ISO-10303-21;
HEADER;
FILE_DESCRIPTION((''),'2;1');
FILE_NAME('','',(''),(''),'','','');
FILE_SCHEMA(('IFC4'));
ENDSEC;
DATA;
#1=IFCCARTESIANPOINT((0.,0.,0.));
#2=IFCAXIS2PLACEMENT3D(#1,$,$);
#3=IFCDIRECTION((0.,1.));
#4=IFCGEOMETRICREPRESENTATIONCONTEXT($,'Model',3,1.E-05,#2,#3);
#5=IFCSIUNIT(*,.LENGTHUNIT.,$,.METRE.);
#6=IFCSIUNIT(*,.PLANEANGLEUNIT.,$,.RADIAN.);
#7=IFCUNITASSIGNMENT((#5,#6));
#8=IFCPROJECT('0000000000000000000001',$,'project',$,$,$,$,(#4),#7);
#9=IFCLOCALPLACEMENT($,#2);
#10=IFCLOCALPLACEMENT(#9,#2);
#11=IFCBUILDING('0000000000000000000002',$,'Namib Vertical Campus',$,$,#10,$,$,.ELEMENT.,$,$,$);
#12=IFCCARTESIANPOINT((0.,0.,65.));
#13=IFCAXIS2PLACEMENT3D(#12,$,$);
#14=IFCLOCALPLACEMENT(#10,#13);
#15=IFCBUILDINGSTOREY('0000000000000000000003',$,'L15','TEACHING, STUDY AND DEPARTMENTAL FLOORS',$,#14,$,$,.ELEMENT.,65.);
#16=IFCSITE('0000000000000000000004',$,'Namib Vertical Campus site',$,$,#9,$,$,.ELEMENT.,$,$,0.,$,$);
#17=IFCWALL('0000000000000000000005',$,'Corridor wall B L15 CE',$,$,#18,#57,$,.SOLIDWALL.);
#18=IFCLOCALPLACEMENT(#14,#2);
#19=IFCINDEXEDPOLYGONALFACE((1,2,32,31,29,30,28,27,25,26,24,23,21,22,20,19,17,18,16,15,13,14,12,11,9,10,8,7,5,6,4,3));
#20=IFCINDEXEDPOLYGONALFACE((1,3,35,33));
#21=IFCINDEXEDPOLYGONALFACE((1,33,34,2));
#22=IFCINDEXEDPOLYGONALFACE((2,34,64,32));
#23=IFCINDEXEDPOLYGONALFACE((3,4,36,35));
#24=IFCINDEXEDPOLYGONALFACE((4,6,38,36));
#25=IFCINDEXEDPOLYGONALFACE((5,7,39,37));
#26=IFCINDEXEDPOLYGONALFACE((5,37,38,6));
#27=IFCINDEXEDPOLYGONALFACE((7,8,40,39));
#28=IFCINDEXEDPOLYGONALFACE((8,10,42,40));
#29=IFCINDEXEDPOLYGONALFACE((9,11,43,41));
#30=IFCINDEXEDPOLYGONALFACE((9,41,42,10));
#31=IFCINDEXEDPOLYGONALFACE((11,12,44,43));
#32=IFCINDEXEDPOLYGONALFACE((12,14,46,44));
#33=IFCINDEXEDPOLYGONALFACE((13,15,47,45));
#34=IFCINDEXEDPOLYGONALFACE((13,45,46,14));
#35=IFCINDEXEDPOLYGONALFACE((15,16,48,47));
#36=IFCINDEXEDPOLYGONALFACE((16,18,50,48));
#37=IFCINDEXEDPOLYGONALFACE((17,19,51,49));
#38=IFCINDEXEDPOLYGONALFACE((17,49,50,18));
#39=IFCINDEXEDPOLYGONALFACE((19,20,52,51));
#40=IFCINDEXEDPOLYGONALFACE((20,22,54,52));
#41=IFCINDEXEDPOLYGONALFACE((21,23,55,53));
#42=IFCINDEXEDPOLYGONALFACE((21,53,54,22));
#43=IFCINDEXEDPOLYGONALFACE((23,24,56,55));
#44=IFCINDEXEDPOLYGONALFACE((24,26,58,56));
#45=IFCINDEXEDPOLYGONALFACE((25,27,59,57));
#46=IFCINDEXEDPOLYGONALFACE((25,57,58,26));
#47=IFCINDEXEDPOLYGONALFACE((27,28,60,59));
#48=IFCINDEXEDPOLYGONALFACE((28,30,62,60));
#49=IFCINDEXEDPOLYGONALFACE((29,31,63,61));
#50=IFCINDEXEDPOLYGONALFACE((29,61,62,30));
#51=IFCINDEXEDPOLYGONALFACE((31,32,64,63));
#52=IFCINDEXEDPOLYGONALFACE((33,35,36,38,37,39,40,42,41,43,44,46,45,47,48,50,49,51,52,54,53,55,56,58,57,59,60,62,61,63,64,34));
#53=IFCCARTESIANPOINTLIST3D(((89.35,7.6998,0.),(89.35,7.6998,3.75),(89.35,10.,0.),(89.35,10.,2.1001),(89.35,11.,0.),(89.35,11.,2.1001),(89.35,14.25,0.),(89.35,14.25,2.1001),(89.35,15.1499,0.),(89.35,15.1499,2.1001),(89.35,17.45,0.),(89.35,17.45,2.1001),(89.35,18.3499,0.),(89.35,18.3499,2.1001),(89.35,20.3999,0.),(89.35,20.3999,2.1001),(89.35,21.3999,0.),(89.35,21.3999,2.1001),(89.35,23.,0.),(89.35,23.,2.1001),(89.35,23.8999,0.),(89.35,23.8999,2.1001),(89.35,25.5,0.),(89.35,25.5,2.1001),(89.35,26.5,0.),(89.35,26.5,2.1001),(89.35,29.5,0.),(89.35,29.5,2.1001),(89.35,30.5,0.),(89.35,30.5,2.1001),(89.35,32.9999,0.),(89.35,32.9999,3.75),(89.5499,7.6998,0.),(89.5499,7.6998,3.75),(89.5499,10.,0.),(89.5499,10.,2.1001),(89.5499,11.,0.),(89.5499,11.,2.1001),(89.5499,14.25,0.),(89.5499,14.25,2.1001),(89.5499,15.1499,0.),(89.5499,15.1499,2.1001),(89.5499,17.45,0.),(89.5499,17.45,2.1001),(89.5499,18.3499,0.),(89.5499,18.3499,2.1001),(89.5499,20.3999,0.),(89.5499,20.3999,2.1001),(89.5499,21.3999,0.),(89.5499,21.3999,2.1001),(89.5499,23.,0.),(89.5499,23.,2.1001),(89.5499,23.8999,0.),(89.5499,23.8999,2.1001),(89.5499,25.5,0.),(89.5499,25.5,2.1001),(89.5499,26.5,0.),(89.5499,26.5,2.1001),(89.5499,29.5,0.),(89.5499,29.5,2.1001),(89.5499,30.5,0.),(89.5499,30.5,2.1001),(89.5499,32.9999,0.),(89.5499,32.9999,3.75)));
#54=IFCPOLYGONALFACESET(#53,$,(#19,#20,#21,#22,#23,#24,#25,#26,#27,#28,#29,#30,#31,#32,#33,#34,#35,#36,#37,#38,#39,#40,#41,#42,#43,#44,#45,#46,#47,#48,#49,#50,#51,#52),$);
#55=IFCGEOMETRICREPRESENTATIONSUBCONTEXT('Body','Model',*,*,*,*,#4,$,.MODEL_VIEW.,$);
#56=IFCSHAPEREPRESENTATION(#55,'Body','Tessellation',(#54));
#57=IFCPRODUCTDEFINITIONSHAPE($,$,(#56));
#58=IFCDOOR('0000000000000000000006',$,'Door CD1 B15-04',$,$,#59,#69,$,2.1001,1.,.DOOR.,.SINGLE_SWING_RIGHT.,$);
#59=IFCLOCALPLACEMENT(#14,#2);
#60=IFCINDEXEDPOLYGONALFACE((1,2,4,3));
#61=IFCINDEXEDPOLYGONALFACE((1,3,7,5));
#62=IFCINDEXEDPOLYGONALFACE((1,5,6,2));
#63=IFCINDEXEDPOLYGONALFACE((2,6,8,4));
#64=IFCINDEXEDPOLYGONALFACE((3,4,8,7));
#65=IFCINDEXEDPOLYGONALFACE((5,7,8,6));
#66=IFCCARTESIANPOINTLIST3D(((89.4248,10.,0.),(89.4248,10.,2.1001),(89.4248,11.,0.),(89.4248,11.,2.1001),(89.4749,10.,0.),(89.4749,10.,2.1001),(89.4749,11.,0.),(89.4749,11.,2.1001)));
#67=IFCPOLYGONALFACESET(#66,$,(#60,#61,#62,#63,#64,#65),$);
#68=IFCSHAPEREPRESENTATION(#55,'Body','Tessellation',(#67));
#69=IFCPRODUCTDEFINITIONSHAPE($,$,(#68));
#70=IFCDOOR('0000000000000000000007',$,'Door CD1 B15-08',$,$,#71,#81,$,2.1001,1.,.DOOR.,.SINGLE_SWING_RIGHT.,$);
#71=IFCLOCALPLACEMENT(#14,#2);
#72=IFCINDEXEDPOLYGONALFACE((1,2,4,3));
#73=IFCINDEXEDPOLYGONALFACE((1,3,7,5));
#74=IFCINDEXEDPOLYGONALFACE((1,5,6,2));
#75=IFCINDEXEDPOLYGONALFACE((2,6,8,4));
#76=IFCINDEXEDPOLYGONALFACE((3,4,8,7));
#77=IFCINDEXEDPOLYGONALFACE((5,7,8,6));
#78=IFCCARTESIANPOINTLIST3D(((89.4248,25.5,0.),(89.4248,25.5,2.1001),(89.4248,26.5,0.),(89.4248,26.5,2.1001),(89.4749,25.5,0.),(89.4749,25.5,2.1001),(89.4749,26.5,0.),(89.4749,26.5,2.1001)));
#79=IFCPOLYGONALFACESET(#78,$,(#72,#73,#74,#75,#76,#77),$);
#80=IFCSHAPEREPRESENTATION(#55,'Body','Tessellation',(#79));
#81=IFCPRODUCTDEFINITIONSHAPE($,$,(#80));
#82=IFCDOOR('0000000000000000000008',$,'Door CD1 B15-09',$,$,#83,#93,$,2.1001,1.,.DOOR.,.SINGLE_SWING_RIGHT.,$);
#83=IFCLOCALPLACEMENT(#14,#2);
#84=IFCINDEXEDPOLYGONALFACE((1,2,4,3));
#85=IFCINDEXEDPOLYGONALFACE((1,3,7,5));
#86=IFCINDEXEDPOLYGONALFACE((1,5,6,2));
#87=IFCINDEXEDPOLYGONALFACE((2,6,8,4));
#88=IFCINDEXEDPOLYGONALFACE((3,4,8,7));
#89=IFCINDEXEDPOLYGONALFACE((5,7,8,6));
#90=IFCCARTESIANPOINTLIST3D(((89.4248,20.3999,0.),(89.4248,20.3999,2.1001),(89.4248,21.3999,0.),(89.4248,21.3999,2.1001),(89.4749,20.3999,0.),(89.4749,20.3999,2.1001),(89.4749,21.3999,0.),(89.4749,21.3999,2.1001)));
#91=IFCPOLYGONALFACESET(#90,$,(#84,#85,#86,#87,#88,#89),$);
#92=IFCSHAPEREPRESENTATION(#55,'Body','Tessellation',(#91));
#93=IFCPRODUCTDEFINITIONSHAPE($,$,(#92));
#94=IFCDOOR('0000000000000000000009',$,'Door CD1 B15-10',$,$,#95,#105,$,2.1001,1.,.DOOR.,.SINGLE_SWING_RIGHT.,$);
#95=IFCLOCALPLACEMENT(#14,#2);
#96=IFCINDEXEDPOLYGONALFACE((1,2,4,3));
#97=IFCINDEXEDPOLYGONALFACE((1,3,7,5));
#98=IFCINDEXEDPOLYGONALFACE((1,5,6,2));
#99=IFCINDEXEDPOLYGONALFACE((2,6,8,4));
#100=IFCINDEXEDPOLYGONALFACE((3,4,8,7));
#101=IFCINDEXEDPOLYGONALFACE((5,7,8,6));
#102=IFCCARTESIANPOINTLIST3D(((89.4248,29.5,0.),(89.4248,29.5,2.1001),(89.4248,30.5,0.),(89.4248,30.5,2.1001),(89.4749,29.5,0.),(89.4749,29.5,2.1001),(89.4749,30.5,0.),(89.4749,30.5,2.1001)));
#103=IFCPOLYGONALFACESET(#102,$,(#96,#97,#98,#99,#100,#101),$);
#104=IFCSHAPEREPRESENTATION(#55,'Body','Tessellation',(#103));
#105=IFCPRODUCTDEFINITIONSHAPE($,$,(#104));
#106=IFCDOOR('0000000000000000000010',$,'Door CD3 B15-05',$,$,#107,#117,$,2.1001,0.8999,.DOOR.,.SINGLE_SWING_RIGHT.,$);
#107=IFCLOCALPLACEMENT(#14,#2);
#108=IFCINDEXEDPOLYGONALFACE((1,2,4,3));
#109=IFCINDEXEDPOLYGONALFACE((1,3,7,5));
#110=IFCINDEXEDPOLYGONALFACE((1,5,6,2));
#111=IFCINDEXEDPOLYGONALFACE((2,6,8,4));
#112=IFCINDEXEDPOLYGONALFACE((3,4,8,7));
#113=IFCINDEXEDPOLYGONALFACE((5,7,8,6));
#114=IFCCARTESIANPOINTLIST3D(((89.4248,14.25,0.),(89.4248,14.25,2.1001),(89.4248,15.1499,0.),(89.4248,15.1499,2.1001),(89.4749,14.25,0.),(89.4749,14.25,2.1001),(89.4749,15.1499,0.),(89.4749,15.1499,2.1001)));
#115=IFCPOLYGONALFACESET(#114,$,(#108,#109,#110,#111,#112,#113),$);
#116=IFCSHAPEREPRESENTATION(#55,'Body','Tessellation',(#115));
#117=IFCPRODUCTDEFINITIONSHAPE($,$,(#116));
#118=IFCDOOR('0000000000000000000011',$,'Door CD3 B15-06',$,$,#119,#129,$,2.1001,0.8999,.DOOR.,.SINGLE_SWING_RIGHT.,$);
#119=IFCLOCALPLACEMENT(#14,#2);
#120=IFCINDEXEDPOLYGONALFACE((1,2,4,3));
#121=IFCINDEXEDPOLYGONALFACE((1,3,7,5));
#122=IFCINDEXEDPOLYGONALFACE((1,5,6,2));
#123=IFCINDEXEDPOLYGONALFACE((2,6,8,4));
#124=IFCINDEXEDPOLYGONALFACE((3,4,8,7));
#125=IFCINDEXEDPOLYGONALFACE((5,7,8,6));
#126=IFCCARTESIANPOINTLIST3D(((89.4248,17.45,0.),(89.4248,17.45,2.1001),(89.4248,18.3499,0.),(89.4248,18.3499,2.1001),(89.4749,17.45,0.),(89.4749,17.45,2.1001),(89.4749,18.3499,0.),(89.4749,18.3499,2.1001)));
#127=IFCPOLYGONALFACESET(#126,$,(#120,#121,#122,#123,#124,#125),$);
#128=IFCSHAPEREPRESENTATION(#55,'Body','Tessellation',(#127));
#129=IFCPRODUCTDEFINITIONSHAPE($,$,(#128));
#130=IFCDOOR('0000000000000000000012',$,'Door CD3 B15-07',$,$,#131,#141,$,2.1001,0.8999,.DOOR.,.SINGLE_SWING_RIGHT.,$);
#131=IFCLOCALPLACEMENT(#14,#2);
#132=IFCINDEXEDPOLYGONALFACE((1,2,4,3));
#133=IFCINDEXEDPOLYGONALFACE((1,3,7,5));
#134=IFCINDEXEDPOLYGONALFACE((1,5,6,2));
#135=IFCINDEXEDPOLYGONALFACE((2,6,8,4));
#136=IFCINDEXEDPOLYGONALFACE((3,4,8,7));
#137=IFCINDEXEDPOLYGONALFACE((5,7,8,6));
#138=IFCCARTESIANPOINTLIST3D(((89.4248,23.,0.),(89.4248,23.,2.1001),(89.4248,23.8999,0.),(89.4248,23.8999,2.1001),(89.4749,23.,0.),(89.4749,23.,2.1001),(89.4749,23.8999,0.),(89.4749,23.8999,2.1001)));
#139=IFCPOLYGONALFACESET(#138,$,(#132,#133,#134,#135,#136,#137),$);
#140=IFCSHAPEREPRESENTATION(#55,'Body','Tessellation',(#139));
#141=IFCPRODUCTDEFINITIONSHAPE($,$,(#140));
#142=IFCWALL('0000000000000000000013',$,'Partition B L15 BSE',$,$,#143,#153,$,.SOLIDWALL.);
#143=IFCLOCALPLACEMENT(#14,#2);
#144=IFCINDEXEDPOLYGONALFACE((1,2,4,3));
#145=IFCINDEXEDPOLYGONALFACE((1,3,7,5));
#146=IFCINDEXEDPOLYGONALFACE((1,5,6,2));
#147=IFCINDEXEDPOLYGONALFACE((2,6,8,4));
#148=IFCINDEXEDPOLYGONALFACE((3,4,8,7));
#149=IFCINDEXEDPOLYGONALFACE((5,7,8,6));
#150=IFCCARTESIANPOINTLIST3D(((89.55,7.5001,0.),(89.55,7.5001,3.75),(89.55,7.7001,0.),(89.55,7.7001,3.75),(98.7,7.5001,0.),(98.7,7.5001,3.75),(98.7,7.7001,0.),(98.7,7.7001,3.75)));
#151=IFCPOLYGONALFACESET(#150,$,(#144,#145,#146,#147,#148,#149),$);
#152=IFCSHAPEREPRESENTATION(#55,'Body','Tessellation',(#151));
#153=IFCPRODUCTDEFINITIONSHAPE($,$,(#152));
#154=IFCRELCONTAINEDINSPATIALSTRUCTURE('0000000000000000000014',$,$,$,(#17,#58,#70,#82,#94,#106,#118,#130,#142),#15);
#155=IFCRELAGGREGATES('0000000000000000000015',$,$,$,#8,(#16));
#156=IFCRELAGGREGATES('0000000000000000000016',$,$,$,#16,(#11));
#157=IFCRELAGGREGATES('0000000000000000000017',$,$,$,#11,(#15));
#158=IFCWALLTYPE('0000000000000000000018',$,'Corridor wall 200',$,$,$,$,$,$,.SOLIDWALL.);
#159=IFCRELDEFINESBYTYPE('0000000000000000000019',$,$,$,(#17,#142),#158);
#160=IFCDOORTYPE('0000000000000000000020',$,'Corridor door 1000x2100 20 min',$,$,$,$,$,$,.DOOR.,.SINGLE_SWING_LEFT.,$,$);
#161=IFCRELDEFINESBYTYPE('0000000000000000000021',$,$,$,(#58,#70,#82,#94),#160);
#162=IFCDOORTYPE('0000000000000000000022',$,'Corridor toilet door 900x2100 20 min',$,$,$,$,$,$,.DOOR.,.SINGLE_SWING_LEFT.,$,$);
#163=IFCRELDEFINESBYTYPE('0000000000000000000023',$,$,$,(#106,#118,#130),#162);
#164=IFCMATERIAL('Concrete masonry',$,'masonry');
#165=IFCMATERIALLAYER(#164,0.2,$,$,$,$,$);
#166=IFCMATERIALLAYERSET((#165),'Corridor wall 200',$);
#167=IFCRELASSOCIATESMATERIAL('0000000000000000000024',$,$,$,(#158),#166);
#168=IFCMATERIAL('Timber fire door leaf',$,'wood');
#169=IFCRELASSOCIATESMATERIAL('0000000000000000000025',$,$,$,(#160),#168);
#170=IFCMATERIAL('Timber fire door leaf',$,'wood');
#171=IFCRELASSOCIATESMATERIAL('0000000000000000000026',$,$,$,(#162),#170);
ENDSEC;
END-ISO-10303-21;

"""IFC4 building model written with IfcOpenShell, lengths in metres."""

from ifc_helpers import new_model, si_unit, direction, frame, frame_2d, origin, place, context, subcontext, project, spatial, rectangle, extrude, material, layer, layer_set, type_object, element, fill, save


model = new_model("IFC4")

# Units and contexts
model_context = context("Model", 3, precision=1e-05, world=origin(), true_north=direction((0.0, 1.0)))
body_context = subcontext(model_context, "Body", "Model", "MODEL_VIEW")
ifc_project = project(units=[si_unit("LENGTHUNIT", "METRE"), si_unit("PLANEANGLEUNIT", "RADIAN")], contexts=[model_context])

# Site, building, storey
site_placement = place(None, origin())
site = spatial("IfcSite", under=ifc_project, at=site_placement, Name="Namib Vertical Campus site", CompositionType="ELEMENT", RefElevation=0.0)
building_placement = place(site_placement, origin())
building = spatial("IfcBuilding", under=site, at=building_placement, Name="Namib Vertical Campus", CompositionType="ELEMENT")
storey_placement = place(building_placement, frame((0.0, 0.0, 65.0)))
storey = spatial("IfcBuildingStorey", under=building, at=storey_placement, Name="L15", Description="TEACHING, STUDY AND DEPARTMENTAL FLOORS", CompositionType="ELEMENT", Elevation=65.0)

# Wall, openings, doors
ifc_material_1 = material(Name="Concrete masonry", Category="masonry")
ifc_layer_1 = layer(ifc_material_1, 0.2)
ifc_layer_set_1 = layer_set([ifc_layer_1], Name="Corridor wall 200")
wall_type_1 = type_object("IfcWallType", Name="Corridor wall 200", PredefinedType="SOLIDWALL", material=ifc_layer_set_1)
wall_1_placement = place(storey_placement, frame((89.45, 7.7, 0.0), z_axis=(0.0, 0.0, 1.0), x_axis=(0.0, 1.0, 0.0)))
wall_1 = element("IfcWall", 1, at=wall_1_placement, inside=storey, type_object=wall_type_1, Name="Corridor wall B L15 CE", PredefinedType="SOLIDWALL", context=body_context, shape_type="SweptSolid", body=[
    extrude(rectangle(XDim=25.3, YDim=0.2, at=frame_2d((12.6499, 0.0))), origin(), (0.0, 0.0, 1.0), 3.75),
])
opening_1_placement = place(wall_1_placement, frame((2.3, 0.0, 0.0)))
opening_1 = element("IfcOpeningElement", 2, at=opening_1_placement, cuts=wall_1, PredefinedType="OPENING", context=body_context, shape_type="SweptSolid", body=[
    extrude(rectangle(XDim=1.0, YDim=2.1001, at=frame_2d((0.5, 1.05))), frame((0.0, 0.1099, 0.0), z_axis=(0.0, -1.0, 0.0), x_axis=(1.0, 0.0, 0.0)), (0.0, 0.0, 1.0), 0.22),
])
opening_2_placement = place(wall_1_placement, frame((6.55, 0.0, 0.0)))
opening_2 = element("IfcOpeningElement", 3, at=opening_2_placement, cuts=wall_1, PredefinedType="OPENING", context=body_context, shape_type="SweptSolid", body=[
    extrude(rectangle(XDim=0.8999, YDim=2.1001, at=frame_2d((0.45, 1.05))), frame((0.0, 0.1099, 0.0), z_axis=(0.0, -1.0, 0.0), x_axis=(1.0, 0.0, 0.0)), (0.0, 0.0, 1.0), 0.22),
])
opening_3_placement = place(wall_1_placement, frame((9.75, 0.0, 0.0)))
opening_3 = element("IfcOpeningElement", 4, at=opening_3_placement, cuts=wall_1, PredefinedType="OPENING", context=body_context, shape_type="SweptSolid", body=[
    extrude(rectangle(XDim=0.8999, YDim=2.1001, at=frame_2d((0.45, 1.05))), frame((0.0, 0.1099, 0.0), z_axis=(0.0, -1.0, 0.0), x_axis=(1.0, 0.0, 0.0)), (0.0, 0.0, 1.0), 0.22),
])
opening_4_placement = place(wall_1_placement, frame((15.3, 0.0, 0.0)))
opening_4 = element("IfcOpeningElement", 5, at=opening_4_placement, cuts=wall_1, PredefinedType="OPENING", context=body_context, shape_type="SweptSolid", body=[
    extrude(rectangle(XDim=0.8999, YDim=2.1001, at=frame_2d((0.45, 1.05))), frame((0.0, 0.1099, 0.0), z_axis=(0.0, -1.0, 0.0), x_axis=(1.0, 0.0, 0.0)), (0.0, 0.0, 1.0), 0.22),
])
opening_5_placement = place(wall_1_placement, frame((17.8, 0.0, 0.0)))
opening_5 = element("IfcOpeningElement", 6, at=opening_5_placement, cuts=wall_1, PredefinedType="OPENING", context=body_context, shape_type="SweptSolid", body=[
    extrude(rectangle(XDim=1.0, YDim=2.1001, at=frame_2d((0.5, 1.05))), frame((0.0, 0.1099, 0.0), z_axis=(0.0, -1.0, 0.0), x_axis=(1.0, 0.0, 0.0)), (0.0, 0.0, 1.0), 0.22),
])
opening_6_placement = place(wall_1_placement, frame((12.7, 0.0, 0.0)))
opening_6 = element("IfcOpeningElement", 7, at=opening_6_placement, cuts=wall_1, PredefinedType="OPENING", context=body_context, shape_type="SweptSolid", body=[
    extrude(rectangle(XDim=1.0, YDim=2.1001, at=frame_2d((0.5, 1.05))), frame((0.0, 0.1099, 0.0), z_axis=(0.0, -1.0, 0.0), x_axis=(1.0, 0.0, 0.0)), (0.0, 0.0, 1.0), 0.22),
])
opening_7_placement = place(wall_1_placement, frame((21.8, 0.0, 0.0)))
opening_7 = element("IfcOpeningElement", 8, at=opening_7_placement, cuts=wall_1, PredefinedType="OPENING", context=body_context, shape_type="SweptSolid", body=[
    extrude(rectangle(XDim=1.0, YDim=2.1001, at=frame_2d((0.5, 1.05))), frame((0.0, 0.1099, 0.0), z_axis=(0.0, -1.0, 0.0), x_axis=(1.0, 0.0, 0.0)), (0.0, 0.0, 1.0), 0.22),
])
ifc_material_2 = material(Name="Timber fire door leaf", Category="wood")
door_type_1 = type_object("IfcDoorType", Name="Corridor door 1000x2100 20 min", OperationType="SINGLE_SWING_LEFT", PredefinedType="DOOR", material=ifc_material_2)
door_1_placement = place(opening_1_placement, frame((1.0, 0.0, 0.0), z_axis=(0.0, 0.0, 1.0), x_axis=(-1.0, 0.0, 0.0)))
door_1 = element("IfcDoor", 9, at=door_1_placement, inside=storey, type_object=door_type_1, Name="Door CD1 B15-04", OperationType="SINGLE_SWING_RIGHT", OverallHeight=2.1001, OverallWidth=1.0, PredefinedType="DOOR", context=body_context, shape_type="SweptSolid", body=[
    extrude(rectangle(XDim=1.0, YDim=2.1001, at=frame_2d((0.5, 1.05))), frame((0.0, 0.0249, 0.0), z_axis=(0.0, -1.0, 0.0), x_axis=(1.0, 0.0, 0.0)), (0.0, 0.0, 1.0), 0.05),
])
fill(opening_1, door_1)
door_2_placement = place(opening_5_placement, frame((1.0, 0.0, 0.0), z_axis=(0.0, 0.0, 1.0), x_axis=(-1.0, 0.0, 0.0)))
door_2 = element("IfcDoor", 10, at=door_2_placement, inside=storey, type_object=door_type_1, Name="Door CD1 B15-08", OperationType="SINGLE_SWING_RIGHT", OverallHeight=2.1001, OverallWidth=1.0, PredefinedType="DOOR", context=body_context, shape_type="SweptSolid", body=[
    extrude(rectangle(XDim=1.0, YDim=2.1001, at=frame_2d((0.5, 1.05))), frame((0.0, 0.0249, 0.0), z_axis=(0.0, -1.0, 0.0), x_axis=(1.0, 0.0, 0.0)), (0.0, 0.0, 1.0), 0.05),
])
fill(opening_5, door_2)
door_3_placement = place(opening_6_placement, frame((1.0, 0.0, 0.0), z_axis=(0.0, 0.0, 1.0), x_axis=(-1.0, 0.0, 0.0)))
door_3 = element("IfcDoor", 11, at=door_3_placement, inside=storey, type_object=door_type_1, Name="Door CD1 B15-09", OperationType="SINGLE_SWING_RIGHT", OverallHeight=2.1001, OverallWidth=1.0, PredefinedType="DOOR", context=body_context, shape_type="SweptSolid", body=[
    extrude(rectangle(XDim=1.0, YDim=2.1001, at=frame_2d((0.5, 1.05))), frame((0.0, 0.0249, 0.0), z_axis=(0.0, -1.0, 0.0), x_axis=(1.0, 0.0, 0.0)), (0.0, 0.0, 1.0), 0.05),
])
fill(opening_6, door_3)
door_4_placement = place(opening_7_placement, frame((1.0, 0.0, 0.0), z_axis=(0.0, 0.0, 1.0), x_axis=(-1.0, 0.0, 0.0)))
door_4 = element("IfcDoor", 12, at=door_4_placement, inside=storey, type_object=door_type_1, Name="Door CD1 B15-10", OperationType="SINGLE_SWING_RIGHT", OverallHeight=2.1001, OverallWidth=1.0, PredefinedType="DOOR", context=body_context, shape_type="SweptSolid", body=[
    extrude(rectangle(XDim=1.0, YDim=2.1001, at=frame_2d((0.5, 1.05))), frame((0.0, 0.0249, 0.0), z_axis=(0.0, -1.0, 0.0), x_axis=(1.0, 0.0, 0.0)), (0.0, 0.0, 1.0), 0.05),
])
fill(opening_7, door_4)
ifc_material_3 = material(Name="Timber fire door leaf", Category="wood")
door_type_2 = type_object("IfcDoorType", Name="Corridor toilet door 900x2100 20 min", OperationType="SINGLE_SWING_LEFT", PredefinedType="DOOR", material=ifc_material_3)
door_5_placement = place(opening_2_placement, frame((0.8999, 0.0, 0.0), z_axis=(0.0, 0.0, 1.0), x_axis=(-1.0, 0.0, 0.0)))
door_5 = element("IfcDoor", 13, at=door_5_placement, inside=storey, type_object=door_type_2, Name="Door CD3 B15-05", OperationType="SINGLE_SWING_RIGHT", OverallHeight=2.1001, OverallWidth=0.8999, PredefinedType="DOOR", context=body_context, shape_type="SweptSolid", body=[
    extrude(rectangle(XDim=0.8999, YDim=2.1001, at=frame_2d((0.45, 1.05))), frame((0.0, 0.0249, 0.0), z_axis=(0.0, -1.0, 0.0), x_axis=(1.0, 0.0, 0.0)), (0.0, 0.0, 1.0), 0.05),
])
fill(opening_2, door_5)
door_6_placement = place(opening_3_placement, frame((0.8999, 0.0, 0.0), z_axis=(0.0, 0.0, 1.0), x_axis=(-1.0, 0.0, 0.0)))
door_6 = element("IfcDoor", 14, at=door_6_placement, inside=storey, type_object=door_type_2, Name="Door CD3 B15-06", OperationType="SINGLE_SWING_RIGHT", OverallHeight=2.1001, OverallWidth=0.8999, PredefinedType="DOOR", context=body_context, shape_type="SweptSolid", body=[
    extrude(rectangle(XDim=0.8999, YDim=2.1001, at=frame_2d((0.45, 1.05))), frame((0.0, 0.0249, 0.0), z_axis=(0.0, -1.0, 0.0), x_axis=(1.0, 0.0, 0.0)), (0.0, 0.0, 1.0), 0.05),
])
fill(opening_3, door_6)
door_7_placement = place(opening_4_placement, frame((0.8999, 0.0, 0.0), z_axis=(0.0, 0.0, 1.0), x_axis=(-1.0, 0.0, 0.0)))
door_7 = element("IfcDoor", 15, at=door_7_placement, inside=storey, type_object=door_type_2, Name="Door CD3 B15-07", OperationType="SINGLE_SWING_RIGHT", OverallHeight=2.1001, OverallWidth=0.8999, PredefinedType="DOOR", context=body_context, shape_type="SweptSolid", body=[
    extrude(rectangle(XDim=0.8999, YDim=2.1001, at=frame_2d((0.45, 1.05))), frame((0.0, 0.0249, 0.0), z_axis=(0.0, -1.0, 0.0), x_axis=(1.0, 0.0, 0.0)), (0.0, 0.0, 1.0), 0.05),
])
fill(opening_4, door_7)

# Wall
wall_2_placement = place(storey_placement, frame((89.55, 7.6001, 0.0), z_axis=(0.0, 0.0, 1.0), x_axis=(1.0, 0.0, 0.0)))
element("IfcWall", 16, at=wall_2_placement, inside=storey, type_object=wall_type_1, Name="Partition B L15 BSE", PredefinedType="SOLIDWALL", context=body_context, shape_type="SweptSolid", body=[
    extrude(rectangle(XDim=9.1499, YDim=0.2, at=frame_2d((4.575, 0.0))), origin(), (0.0, 0.0, 1.0), 3.75),
])

save(model, "model.ifc")
